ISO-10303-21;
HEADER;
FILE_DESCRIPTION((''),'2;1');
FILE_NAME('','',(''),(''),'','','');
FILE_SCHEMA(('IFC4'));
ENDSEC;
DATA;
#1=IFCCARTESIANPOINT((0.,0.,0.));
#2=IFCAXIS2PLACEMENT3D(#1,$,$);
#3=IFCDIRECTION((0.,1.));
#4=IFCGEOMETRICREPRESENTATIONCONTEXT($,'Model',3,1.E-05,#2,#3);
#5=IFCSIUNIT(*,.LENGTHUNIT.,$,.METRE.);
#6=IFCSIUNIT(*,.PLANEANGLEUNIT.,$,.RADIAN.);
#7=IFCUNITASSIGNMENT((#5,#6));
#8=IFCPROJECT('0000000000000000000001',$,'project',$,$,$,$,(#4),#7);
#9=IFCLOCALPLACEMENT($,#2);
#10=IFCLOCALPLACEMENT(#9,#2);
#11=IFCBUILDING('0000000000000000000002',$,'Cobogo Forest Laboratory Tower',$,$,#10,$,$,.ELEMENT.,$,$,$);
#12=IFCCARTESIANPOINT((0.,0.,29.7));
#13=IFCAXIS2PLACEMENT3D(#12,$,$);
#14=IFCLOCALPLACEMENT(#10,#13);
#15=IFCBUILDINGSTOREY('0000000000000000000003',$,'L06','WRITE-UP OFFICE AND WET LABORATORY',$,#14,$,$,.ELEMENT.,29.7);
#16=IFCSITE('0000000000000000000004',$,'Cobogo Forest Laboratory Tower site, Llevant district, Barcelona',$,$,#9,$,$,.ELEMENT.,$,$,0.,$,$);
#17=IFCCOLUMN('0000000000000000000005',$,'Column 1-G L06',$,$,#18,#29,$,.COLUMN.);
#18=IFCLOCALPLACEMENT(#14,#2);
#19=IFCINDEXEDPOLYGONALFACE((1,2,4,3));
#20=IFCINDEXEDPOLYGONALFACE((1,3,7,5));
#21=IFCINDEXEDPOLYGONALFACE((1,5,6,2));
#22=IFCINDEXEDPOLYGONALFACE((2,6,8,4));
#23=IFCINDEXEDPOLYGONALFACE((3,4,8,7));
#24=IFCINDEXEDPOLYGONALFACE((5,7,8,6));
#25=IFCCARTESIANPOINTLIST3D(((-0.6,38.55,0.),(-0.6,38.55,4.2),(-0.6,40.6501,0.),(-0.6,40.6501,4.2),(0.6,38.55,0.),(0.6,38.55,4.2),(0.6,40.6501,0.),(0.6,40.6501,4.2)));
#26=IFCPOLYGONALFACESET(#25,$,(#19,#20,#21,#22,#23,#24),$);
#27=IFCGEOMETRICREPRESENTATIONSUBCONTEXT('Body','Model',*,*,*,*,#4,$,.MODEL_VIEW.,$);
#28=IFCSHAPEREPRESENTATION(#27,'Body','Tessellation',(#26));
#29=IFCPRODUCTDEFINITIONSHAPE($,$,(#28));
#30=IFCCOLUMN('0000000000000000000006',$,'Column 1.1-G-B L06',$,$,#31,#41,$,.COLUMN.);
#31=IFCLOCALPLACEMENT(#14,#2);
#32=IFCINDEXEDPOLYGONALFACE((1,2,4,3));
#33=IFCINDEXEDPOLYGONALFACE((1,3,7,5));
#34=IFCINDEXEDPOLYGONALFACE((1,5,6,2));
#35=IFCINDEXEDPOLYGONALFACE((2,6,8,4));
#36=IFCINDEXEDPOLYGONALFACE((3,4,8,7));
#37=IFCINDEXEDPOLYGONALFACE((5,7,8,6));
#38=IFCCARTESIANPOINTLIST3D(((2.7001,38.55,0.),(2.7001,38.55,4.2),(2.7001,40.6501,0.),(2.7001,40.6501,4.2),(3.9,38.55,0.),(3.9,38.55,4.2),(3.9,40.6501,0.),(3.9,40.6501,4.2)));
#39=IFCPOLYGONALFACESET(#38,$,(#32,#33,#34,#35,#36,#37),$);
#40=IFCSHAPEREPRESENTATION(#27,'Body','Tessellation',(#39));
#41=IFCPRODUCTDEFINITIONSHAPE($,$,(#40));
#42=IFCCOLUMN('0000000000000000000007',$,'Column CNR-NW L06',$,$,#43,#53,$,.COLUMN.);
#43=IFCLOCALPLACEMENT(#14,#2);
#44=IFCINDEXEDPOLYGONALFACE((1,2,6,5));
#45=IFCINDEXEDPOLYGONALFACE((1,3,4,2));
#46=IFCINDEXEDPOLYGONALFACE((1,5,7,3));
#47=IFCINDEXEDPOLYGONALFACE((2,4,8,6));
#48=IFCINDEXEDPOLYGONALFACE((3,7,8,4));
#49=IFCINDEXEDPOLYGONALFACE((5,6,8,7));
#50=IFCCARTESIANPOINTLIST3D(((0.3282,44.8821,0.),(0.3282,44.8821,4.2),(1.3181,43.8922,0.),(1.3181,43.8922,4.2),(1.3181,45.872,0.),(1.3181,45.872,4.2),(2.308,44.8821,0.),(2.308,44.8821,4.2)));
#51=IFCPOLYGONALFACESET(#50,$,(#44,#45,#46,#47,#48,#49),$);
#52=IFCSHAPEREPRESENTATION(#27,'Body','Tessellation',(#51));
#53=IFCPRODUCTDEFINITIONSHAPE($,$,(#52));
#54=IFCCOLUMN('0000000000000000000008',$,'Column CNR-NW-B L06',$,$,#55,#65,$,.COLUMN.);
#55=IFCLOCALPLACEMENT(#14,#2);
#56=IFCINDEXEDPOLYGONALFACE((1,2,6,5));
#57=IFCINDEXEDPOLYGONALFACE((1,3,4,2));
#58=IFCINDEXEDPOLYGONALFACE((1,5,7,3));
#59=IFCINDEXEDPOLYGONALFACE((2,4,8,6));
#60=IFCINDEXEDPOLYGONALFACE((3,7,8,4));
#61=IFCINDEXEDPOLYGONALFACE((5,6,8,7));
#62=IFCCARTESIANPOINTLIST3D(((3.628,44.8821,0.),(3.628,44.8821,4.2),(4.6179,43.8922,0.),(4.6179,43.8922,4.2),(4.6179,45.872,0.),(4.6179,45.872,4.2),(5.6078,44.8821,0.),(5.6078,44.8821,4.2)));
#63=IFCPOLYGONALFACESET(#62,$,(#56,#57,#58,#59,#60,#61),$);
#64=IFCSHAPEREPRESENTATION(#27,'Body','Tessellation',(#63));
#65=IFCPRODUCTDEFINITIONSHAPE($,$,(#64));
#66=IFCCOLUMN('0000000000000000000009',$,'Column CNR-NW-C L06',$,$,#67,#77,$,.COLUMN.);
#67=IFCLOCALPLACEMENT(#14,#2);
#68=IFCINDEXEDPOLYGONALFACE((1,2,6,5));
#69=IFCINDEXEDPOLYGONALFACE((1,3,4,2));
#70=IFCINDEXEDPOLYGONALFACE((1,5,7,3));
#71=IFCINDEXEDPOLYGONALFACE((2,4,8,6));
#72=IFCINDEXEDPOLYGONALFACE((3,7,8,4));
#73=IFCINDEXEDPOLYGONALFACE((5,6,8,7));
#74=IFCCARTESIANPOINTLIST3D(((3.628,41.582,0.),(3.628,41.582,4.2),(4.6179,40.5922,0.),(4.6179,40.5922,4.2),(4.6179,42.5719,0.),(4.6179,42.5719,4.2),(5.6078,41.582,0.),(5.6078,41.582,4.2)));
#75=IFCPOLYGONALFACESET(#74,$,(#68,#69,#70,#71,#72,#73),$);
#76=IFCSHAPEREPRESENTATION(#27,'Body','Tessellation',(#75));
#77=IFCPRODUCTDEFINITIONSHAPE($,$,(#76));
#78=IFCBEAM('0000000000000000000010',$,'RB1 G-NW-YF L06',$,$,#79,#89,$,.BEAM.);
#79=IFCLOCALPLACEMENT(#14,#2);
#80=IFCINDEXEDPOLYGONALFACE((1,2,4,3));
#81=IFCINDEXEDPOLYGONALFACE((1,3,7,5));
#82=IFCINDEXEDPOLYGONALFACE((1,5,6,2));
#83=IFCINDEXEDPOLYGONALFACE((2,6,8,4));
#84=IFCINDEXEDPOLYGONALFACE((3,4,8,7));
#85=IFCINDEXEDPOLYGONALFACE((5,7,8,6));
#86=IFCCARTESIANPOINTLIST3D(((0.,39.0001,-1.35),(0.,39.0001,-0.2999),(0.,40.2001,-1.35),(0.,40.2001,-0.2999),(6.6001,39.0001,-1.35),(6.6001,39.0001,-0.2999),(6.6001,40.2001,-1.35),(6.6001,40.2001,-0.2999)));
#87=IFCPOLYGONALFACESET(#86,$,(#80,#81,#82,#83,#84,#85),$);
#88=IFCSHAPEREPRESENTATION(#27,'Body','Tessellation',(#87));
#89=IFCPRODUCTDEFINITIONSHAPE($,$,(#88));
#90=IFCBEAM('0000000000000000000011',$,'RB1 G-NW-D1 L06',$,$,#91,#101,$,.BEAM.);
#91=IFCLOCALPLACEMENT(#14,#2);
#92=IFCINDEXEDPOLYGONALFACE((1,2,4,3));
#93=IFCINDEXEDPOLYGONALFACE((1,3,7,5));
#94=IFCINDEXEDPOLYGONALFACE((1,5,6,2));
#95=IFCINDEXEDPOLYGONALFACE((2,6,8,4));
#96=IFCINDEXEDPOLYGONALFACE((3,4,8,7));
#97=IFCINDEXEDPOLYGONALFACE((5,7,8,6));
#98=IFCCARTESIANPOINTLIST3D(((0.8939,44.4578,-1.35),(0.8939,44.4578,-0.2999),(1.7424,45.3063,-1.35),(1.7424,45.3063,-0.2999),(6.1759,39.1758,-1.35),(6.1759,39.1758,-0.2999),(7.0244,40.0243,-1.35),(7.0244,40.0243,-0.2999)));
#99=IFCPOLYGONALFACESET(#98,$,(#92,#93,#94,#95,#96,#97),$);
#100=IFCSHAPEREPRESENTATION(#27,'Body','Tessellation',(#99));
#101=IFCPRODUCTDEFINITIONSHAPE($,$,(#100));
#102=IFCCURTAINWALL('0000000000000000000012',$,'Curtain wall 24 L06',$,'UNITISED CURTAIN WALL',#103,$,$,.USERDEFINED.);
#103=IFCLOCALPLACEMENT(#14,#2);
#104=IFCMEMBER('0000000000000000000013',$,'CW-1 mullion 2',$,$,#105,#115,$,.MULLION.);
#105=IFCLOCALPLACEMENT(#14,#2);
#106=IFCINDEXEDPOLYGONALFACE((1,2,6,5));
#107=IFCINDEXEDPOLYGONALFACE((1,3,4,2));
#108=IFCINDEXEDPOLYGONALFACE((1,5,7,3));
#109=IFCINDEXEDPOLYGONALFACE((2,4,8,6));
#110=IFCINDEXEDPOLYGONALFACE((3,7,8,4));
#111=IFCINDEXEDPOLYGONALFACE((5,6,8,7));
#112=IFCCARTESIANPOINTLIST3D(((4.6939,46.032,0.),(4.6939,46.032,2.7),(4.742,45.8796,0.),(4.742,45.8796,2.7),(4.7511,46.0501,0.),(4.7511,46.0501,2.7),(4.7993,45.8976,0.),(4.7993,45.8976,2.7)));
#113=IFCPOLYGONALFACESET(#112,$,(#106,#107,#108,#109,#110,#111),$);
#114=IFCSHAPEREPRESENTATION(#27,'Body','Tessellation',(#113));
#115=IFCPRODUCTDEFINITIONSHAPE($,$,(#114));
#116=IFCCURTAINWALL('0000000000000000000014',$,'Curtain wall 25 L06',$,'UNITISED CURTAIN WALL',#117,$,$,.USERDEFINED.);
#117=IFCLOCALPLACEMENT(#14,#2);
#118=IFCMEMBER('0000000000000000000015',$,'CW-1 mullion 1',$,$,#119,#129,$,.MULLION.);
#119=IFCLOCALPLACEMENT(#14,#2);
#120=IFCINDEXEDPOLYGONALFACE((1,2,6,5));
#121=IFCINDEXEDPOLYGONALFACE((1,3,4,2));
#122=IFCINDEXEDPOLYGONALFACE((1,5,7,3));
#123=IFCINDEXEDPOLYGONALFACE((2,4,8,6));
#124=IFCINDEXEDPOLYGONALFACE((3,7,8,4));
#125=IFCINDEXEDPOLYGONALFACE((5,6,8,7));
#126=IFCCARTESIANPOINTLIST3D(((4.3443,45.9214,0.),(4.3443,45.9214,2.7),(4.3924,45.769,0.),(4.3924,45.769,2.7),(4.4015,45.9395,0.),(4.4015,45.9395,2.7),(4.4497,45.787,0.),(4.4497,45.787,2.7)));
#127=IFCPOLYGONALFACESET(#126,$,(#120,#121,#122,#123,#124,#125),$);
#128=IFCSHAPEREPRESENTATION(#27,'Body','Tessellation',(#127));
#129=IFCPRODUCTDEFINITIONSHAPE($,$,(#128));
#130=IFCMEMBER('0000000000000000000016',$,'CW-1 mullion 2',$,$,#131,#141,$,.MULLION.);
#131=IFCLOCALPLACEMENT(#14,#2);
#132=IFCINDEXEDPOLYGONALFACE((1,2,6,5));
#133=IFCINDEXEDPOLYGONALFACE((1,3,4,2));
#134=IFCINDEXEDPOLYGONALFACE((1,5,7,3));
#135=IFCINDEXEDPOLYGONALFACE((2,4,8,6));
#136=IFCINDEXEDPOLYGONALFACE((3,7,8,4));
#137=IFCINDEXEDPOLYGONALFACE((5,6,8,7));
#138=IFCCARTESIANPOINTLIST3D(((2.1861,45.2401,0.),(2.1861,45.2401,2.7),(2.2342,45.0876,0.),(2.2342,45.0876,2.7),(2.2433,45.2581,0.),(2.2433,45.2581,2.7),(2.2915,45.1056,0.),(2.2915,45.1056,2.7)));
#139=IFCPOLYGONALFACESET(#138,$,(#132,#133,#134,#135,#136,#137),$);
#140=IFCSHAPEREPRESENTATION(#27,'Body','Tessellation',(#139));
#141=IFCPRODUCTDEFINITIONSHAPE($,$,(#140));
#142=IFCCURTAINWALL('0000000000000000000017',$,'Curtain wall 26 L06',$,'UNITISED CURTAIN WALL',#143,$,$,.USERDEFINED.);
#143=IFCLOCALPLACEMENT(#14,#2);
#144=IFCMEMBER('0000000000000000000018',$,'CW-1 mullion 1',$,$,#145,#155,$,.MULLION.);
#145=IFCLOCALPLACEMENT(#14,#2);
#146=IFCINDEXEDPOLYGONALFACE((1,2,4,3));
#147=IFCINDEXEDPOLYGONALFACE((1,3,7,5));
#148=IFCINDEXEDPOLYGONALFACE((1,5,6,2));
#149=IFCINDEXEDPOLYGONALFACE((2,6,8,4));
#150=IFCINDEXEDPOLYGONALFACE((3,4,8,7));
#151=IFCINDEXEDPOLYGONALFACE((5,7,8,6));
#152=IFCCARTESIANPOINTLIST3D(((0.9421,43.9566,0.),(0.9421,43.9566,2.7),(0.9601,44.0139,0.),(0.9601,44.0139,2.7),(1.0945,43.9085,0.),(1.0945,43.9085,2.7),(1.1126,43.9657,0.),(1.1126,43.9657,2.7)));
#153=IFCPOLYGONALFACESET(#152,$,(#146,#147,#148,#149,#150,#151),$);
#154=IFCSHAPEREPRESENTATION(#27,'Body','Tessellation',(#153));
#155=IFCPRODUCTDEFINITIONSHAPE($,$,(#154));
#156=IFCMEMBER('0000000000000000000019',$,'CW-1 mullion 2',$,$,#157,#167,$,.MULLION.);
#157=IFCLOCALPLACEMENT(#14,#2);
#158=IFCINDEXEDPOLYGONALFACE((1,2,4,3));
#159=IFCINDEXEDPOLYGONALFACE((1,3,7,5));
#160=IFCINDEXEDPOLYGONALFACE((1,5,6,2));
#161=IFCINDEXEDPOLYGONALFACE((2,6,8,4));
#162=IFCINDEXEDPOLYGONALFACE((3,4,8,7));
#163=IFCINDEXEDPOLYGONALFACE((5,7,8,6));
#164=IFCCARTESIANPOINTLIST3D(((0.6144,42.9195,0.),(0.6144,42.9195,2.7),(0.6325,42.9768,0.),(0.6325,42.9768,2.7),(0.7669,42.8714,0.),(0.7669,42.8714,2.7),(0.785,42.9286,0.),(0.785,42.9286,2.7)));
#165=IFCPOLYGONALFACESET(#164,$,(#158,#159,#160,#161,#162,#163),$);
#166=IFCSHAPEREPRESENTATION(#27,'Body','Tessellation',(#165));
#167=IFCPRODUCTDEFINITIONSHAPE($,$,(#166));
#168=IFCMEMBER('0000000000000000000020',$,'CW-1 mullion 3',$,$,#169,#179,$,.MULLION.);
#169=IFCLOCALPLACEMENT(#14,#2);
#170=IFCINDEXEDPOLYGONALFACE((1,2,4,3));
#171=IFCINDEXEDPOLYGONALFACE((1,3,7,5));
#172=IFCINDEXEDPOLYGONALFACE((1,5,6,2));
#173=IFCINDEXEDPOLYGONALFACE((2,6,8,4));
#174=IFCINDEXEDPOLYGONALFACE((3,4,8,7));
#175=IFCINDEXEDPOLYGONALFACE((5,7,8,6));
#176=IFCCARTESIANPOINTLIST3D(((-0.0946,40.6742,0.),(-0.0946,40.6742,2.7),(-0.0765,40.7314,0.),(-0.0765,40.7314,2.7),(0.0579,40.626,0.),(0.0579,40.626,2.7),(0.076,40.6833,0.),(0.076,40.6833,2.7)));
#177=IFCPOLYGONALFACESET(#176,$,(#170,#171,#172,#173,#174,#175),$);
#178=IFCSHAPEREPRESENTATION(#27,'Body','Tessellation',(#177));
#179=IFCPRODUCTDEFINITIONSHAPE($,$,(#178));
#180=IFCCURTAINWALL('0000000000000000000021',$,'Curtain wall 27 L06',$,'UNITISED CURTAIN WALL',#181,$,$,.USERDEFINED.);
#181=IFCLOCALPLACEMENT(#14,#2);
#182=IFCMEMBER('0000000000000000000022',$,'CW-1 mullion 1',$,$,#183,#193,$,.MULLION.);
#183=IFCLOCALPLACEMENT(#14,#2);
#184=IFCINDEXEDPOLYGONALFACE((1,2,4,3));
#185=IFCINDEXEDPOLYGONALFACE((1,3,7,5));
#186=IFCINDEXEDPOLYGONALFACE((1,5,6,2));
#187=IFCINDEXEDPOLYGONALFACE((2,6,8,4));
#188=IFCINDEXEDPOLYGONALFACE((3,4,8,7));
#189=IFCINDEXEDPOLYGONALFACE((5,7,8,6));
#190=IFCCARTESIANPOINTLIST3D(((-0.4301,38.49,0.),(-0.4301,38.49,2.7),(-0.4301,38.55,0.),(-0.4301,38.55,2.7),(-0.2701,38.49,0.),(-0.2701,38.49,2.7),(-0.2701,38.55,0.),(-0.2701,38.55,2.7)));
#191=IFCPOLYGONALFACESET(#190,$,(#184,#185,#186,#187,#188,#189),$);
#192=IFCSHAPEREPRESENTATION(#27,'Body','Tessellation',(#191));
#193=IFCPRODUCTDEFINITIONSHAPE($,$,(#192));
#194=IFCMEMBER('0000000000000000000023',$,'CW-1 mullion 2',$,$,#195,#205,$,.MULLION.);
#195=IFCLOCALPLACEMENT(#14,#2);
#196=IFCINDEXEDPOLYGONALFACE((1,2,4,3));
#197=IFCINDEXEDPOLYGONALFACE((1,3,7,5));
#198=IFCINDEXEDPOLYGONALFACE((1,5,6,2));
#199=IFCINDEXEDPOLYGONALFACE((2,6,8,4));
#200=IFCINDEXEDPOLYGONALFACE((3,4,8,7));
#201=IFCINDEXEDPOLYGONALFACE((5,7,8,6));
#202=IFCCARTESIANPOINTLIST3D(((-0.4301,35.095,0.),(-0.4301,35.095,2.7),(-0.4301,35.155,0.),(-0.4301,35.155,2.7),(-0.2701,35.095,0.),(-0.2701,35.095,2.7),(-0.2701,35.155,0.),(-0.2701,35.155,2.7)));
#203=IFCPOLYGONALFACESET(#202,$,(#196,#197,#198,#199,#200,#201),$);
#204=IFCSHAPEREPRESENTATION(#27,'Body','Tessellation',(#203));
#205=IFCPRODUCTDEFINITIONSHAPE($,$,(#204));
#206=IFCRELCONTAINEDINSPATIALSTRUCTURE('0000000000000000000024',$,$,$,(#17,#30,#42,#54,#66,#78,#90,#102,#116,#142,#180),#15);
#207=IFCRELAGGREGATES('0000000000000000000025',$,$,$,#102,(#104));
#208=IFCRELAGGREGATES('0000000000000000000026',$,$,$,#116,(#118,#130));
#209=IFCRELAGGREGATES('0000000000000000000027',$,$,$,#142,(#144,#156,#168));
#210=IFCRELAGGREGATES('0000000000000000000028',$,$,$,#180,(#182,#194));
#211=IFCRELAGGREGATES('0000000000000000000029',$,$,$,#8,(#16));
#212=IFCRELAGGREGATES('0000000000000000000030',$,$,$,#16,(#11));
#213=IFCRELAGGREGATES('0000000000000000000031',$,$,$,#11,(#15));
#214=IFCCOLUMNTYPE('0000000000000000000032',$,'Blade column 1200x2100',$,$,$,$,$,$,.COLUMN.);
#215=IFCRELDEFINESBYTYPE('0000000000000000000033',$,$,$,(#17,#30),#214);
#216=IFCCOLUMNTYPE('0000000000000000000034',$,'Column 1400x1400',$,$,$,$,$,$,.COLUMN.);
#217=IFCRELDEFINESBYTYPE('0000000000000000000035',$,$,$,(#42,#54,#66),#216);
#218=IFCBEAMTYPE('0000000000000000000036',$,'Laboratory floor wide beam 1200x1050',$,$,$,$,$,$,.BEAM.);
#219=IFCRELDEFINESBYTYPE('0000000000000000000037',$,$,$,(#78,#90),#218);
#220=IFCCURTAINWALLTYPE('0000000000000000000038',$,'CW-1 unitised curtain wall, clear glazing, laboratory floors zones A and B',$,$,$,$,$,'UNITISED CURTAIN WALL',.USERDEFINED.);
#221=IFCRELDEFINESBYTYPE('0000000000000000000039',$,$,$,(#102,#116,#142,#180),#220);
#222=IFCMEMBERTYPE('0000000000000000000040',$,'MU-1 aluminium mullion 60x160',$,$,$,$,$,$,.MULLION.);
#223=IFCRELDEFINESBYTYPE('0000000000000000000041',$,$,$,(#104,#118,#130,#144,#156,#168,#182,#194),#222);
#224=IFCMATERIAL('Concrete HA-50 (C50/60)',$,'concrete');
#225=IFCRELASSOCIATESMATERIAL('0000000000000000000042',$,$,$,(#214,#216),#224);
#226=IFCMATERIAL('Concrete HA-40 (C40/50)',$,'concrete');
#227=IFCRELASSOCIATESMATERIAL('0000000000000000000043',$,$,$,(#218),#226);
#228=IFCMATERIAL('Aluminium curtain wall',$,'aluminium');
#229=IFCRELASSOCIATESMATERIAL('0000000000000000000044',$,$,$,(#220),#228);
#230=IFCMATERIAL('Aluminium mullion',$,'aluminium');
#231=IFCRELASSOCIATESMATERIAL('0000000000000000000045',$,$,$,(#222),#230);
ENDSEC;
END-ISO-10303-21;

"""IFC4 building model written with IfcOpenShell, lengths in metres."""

from ifc_helpers import new_model, si_unit, direction, frame, origin, origin_2d, place, context, subcontext, project, spatial, rectangle, extrude, material, material_profile, profile_set, type_object, element, aggregate, save


model = new_model("IFC4")

# Units and contexts
model_context = context("Model", 3, precision=1e-05, world=origin(), true_north=direction((0.0, 1.0)))
body_context = subcontext(model_context, "Body", "Model", "MODEL_VIEW")
ifc_project = project(units=[si_unit("LENGTHUNIT", "METRE"), si_unit("PLANEANGLEUNIT", "RADIAN")], contexts=[model_context])

# Site, building, storey
site_placement = place(None, origin())
site = spatial("IfcSite", under=ifc_project, at=site_placement, Name="Cobogo Forest Laboratory Tower site, Llevant district, Barcelona", CompositionType="ELEMENT", RefElevation=0.0)
building_placement = place(site_placement, origin())
building = spatial("IfcBuilding", under=site, at=building_placement, Name="Cobogo Forest Laboratory Tower", CompositionType="ELEMENT")
storey_placement = place(building_placement, frame((0.0, 0.0, 29.7)))
storey = spatial("IfcBuildingStorey", under=building, at=storey_placement, Name="L06", Description="WRITE-UP OFFICE AND WET LABORATORY", CompositionType="ELEMENT", Elevation=29.7)

# Columns
ifc_material_1 = material(Name="Concrete HA-50 (C50/60)", Category="concrete")
ifc_material_profile_1 = material_profile(ifc_material_1, rectangle(XDim=2.1001, YDim=1.2, at=origin_2d()), Name="RC 1200x2100")
ifc_profile_set_1 = profile_set([ifc_material_profile_1], Name="Concrete HA-50 (C50/60)")
column_type_1 = type_object("IfcColumnType", Name="Blade column 1200x2100", PredefinedType="COLUMN", material=ifc_profile_set_1)
for number, where, z_axis, x_axis, name in (
    (1, (0.0, 39.6001, 0.0), (0.0, 0.0, 1.0), (0.0, 1.0, 0.0), "Column 1-G L06"),
    (2, (3.3, 39.6001, 0.0), (0.0, 0.0, 1.0), (0.0, 1.0, 0.0), "Column 1.1-G-B L06"),
):
    element("IfcColumn", number, at=place(storey_placement, frame(where, z_axis=z_axis, x_axis=x_axis)), inside=storey, type_object=column_type_1, Name=name, PredefinedType="COLUMN", context=body_context, shape_type="SweptSolid", body=[
        extrude(rectangle(XDim=2.1001, YDim=1.2, at=origin_2d()), origin(), (0.0, 0.0, 1.0), 4.2),
    ])
ifc_material_profile_2 = material_profile(ifc_material_1, rectangle(XDim=1.3999, YDim=1.3999, at=origin_2d()), Name="RC 1400x1400")
ifc_profile_set_2 = profile_set([ifc_material_profile_2], Name="Concrete HA-50 (C50/60)")
column_type_2 = type_object("IfcColumnType", Name="Column 1400x1400", PredefinedType="COLUMN", material=ifc_profile_set_2)
for number, where, z_axis, x_axis, name in (
    (3, (1.3181, 44.8821, 0.0), (0.0, 0.0, 1.0), (0.707107, 0.707107, 0.0), "Column CNR-NW L06"),
    (4, (4.6179, 44.8821, 0.0), (0.0, 0.0, 1.0), (0.707107, 0.707107, 0.0), "Column CNR-NW-B L06"),
    (5, (4.6179, 41.582, 0.0), (0.0, 0.0, 1.0), (0.707107, 0.707107, 0.0), "Column CNR-NW-C L06"),
):
    element("IfcColumn", number, at=place(storey_placement, frame(where, z_axis=z_axis, x_axis=x_axis)), inside=storey, type_object=column_type_2, Name=name, PredefinedType="COLUMN", context=body_context, shape_type="SweptSolid", body=[
        extrude(rectangle(XDim=1.3999, YDim=1.3999, at=origin_2d()), origin(), (0.0, 0.0, 1.0), 4.2),
    ])

# Beams
ifc_material_2 = material(Name="Concrete HA-40 (C40/50)", Category="concrete")
ifc_material_profile_3 = material_profile(ifc_material_2, rectangle(XDim=1.2, YDim=1.05, at=origin_2d()), Name="RC 1200x1050")
ifc_profile_set_3 = profile_set([ifc_material_profile_3], Name="Concrete HA-40 (C40/50)")
beam_type_1 = type_object("IfcBeamType", Name="Laboratory floor wide beam 1200x1050", PredefinedType="BEAM", material=ifc_profile_set_3)
beam_1_placement = place(storey_placement, frame((0.0, 39.6001, -0.825), z_axis=(1.0, 0.0, 0.0), x_axis=(0.0, 1.0, 0.0)))
element("IfcBeam", 6, at=beam_1_placement, inside=storey, type_object=beam_type_1, Name="RB1 G-NW-YF L06", PredefinedType="BEAM", context=body_context, shape_type="SweptSolid", body=[
    extrude(rectangle(XDim=1.2, YDim=1.05, at=origin_2d()), origin(), (0.0, 0.0, 1.0), 6.6001),
])
beam_2_placement = place(storey_placement, frame((1.3181, 44.8821, -0.825), z_axis=(0.707107, -0.707107, 0.0), x_axis=(0.707107, 0.707107, 0.0)))
element("IfcBeam", 7, at=beam_2_placement, inside=storey, type_object=beam_type_1, Name="RB1 G-NW-D1 L06", PredefinedType="BEAM", context=body_context, shape_type="SweptSolid", body=[
    extrude(rectangle(XDim=1.2, YDim=1.05, at=origin_2d()), origin(), (0.0, 0.0, 1.0), 7.47),
])

# Curtain wall, member
ifc_material_3 = material(Name="Aluminium curtain wall", Category="aluminium")
curtain_wall_type = type_object("IfcCurtainWallType", Name="CW-1 unitised curtain wall, clear glazing, laboratory floors zones A and B", ElementType="UNITISED CURTAIN WALL", PredefinedType="USERDEFINED", material=ifc_material_3)
curtain_wall_1_placement = place(storey_placement, origin())
curtain_wall_1 = element("IfcCurtainWall", 8, at=curtain_wall_1_placement, inside=storey, type_object=curtain_wall_type, Name="Curtain wall 24 L06", ObjectType="UNITISED CURTAIN WALL", PredefinedType="USERDEFINED")
ifc_material_4 = material(Name="Aluminium mullion", Category="aluminium")
ifc_material_profile_4 = material_profile(ifc_material_4, rectangle(XDim=0.0601, YDim=0.1599, at=origin_2d()), Name="AL 60x160")
ifc_profile_set_4 = profile_set([ifc_material_profile_4], Name="Aluminium mullion")
member_type_1 = type_object("IfcMemberType", Name="MU-1 aluminium mullion 60x160", PredefinedType="MULLION", material=ifc_profile_set_4)
member_1_placement = place(storey_placement, frame((4.7466, 45.9648, 0.0), z_axis=(0.0, 0.0, 1.0), x_axis=(-0.953582, -0.301135, 0.0)))
member_1 = element("IfcMember", 9, at=member_1_placement, type_object=member_type_1, Name="CW-1 mullion 2", PredefinedType="MULLION", context=body_context, shape_type="SweptSolid", body=[
    extrude(rectangle(XDim=0.0601, YDim=0.1599, at=origin_2d()), origin(), (0.0, 0.0, 1.0), 2.7),
])

# Curtain walls, members
curtain_wall_2_placement = place(storey_placement, origin())
curtain_wall_2 = element("IfcCurtainWall", 10, at=curtain_wall_2_placement, inside=storey, type_object=curtain_wall_type, Name="Curtain wall 25 L06", ObjectType="UNITISED CURTAIN WALL", PredefinedType="USERDEFINED")
member_2_placement = place(storey_placement, frame((4.397, 45.8542, 0.0), z_axis=(0.0, 0.0, 1.0), x_axis=(-0.953581, -0.301135, 0.0)))
member_2 = element("IfcMember", 11, at=member_2_placement, type_object=member_type_1, Name="CW-1 mullion 1", PredefinedType="MULLION", context=body_context, shape_type="SweptSolid", body=[
    extrude(rectangle(XDim=0.0601, YDim=0.1599, at=origin_2d()), origin(), (0.0, 0.0, 1.0), 2.7),
])
member_3_placement = place(storey_placement, frame((2.2388, 45.1729, 0.0), z_axis=(0.0, 0.0, 1.0), x_axis=(-0.953581, -0.301135, 0.0)))
member_3 = element("IfcMember", 12, at=member_3_placement, type_object=member_type_1, Name="CW-1 mullion 2", PredefinedType="MULLION", context=body_context, shape_type="SweptSolid", body=[
    extrude(rectangle(XDim=0.0601, YDim=0.1599, at=origin_2d()), origin(), (0.0, 0.0, 1.0), 2.7),
])
curtain_wall_3_placement = place(storey_placement, origin())
curtain_wall_3 = element("IfcCurtainWall", 13, at=curtain_wall_3_placement, inside=storey, type_object=curtain_wall_type, Name="Curtain wall 26 L06", ObjectType="UNITISED CURTAIN WALL", PredefinedType="USERDEFINED")
member_4_placement = place(storey_placement, frame((1.0273, 43.9612, 0.0), z_axis=(0.0, 0.0, 1.0), x_axis=(-0.301135, -0.953581, 0.0)))
member_4 = element("IfcMember", 14, at=member_4_placement, type_object=member_type_1, Name="CW-1 mullion 1", PredefinedType="MULLION", context=body_context, shape_type="SweptSolid", body=[
    extrude(rectangle(XDim=0.0601, YDim=0.1599, at=origin_2d()), origin(), (0.0, 0.0, 1.0), 2.7),
])
member_5_placement = place(storey_placement, frame((0.6997, 42.9241, 0.0), z_axis=(0.0, 0.0, 1.0), x_axis=(-0.301135, -0.953581, 0.0)))
member_5 = element("IfcMember", 15, at=member_5_placement, type_object=member_type_1, Name="CW-1 mullion 2", PredefinedType="MULLION", context=body_context, shape_type="SweptSolid", body=[
    extrude(rectangle(XDim=0.0601, YDim=0.1599, at=origin_2d()), origin(), (0.0, 0.0, 1.0), 2.7),
])
member_6_placement = place(storey_placement, frame((-0.0093, 40.6787, 0.0), z_axis=(0.0, 0.0, 1.0), x_axis=(-0.301135, -0.953581, 0.0)))
member_6 = element("IfcMember", 16, at=member_6_placement, type_object=member_type_1, Name="CW-1 mullion 3", PredefinedType="MULLION", context=body_context, shape_type="SweptSolid", body=[
    extrude(rectangle(XDim=0.0601, YDim=0.1599, at=origin_2d()), origin(), (0.0, 0.0, 1.0), 2.7),
])
curtain_wall_4_placement = place(storey_placement, origin())
curtain_wall_4 = element("IfcCurtainWall", 17, at=curtain_wall_4_placement, inside=storey, type_object=curtain_wall_type, Name="Curtain wall 27 L06", ObjectType="UNITISED CURTAIN WALL", PredefinedType="USERDEFINED")
member_7_placement = place(storey_placement, frame((-0.3501, 38.52, 0.0), z_axis=(0.0, 0.0, 1.0), x_axis=(0.0, -1.0, 0.0)))
member_7 = element("IfcMember", 18, at=member_7_placement, type_object=member_type_1, Name="CW-1 mullion 1", PredefinedType="MULLION", context=body_context, shape_type="SweptSolid", body=[
    extrude(rectangle(XDim=0.0601, YDim=0.1599, at=origin_2d()), origin(), (0.0, 0.0, 1.0), 2.7),
])
member_8_placement = place(storey_placement, frame((-0.3501, 35.125, 0.0), z_axis=(0.0, 0.0, 1.0), x_axis=(0.0, -1.0, 0.0)))
member_8 = element("IfcMember", 19, at=member_8_placement, type_object=member_type_1, Name="CW-1 mullion 2", PredefinedType="MULLION", context=body_context, shape_type="SweptSolid", body=[
    extrude(rectangle(XDim=0.0601, YDim=0.1599, at=origin_2d()), origin(), (0.0, 0.0, 1.0), 2.7),
])

aggregate(curtain_wall_1, [member_1])
aggregate(curtain_wall_2, [member_2, member_3])
aggregate(curtain_wall_3, [member_4, member_5, member_6])
aggregate(curtain_wall_4, [member_7, member_8])

save(model, "model.ifc")
